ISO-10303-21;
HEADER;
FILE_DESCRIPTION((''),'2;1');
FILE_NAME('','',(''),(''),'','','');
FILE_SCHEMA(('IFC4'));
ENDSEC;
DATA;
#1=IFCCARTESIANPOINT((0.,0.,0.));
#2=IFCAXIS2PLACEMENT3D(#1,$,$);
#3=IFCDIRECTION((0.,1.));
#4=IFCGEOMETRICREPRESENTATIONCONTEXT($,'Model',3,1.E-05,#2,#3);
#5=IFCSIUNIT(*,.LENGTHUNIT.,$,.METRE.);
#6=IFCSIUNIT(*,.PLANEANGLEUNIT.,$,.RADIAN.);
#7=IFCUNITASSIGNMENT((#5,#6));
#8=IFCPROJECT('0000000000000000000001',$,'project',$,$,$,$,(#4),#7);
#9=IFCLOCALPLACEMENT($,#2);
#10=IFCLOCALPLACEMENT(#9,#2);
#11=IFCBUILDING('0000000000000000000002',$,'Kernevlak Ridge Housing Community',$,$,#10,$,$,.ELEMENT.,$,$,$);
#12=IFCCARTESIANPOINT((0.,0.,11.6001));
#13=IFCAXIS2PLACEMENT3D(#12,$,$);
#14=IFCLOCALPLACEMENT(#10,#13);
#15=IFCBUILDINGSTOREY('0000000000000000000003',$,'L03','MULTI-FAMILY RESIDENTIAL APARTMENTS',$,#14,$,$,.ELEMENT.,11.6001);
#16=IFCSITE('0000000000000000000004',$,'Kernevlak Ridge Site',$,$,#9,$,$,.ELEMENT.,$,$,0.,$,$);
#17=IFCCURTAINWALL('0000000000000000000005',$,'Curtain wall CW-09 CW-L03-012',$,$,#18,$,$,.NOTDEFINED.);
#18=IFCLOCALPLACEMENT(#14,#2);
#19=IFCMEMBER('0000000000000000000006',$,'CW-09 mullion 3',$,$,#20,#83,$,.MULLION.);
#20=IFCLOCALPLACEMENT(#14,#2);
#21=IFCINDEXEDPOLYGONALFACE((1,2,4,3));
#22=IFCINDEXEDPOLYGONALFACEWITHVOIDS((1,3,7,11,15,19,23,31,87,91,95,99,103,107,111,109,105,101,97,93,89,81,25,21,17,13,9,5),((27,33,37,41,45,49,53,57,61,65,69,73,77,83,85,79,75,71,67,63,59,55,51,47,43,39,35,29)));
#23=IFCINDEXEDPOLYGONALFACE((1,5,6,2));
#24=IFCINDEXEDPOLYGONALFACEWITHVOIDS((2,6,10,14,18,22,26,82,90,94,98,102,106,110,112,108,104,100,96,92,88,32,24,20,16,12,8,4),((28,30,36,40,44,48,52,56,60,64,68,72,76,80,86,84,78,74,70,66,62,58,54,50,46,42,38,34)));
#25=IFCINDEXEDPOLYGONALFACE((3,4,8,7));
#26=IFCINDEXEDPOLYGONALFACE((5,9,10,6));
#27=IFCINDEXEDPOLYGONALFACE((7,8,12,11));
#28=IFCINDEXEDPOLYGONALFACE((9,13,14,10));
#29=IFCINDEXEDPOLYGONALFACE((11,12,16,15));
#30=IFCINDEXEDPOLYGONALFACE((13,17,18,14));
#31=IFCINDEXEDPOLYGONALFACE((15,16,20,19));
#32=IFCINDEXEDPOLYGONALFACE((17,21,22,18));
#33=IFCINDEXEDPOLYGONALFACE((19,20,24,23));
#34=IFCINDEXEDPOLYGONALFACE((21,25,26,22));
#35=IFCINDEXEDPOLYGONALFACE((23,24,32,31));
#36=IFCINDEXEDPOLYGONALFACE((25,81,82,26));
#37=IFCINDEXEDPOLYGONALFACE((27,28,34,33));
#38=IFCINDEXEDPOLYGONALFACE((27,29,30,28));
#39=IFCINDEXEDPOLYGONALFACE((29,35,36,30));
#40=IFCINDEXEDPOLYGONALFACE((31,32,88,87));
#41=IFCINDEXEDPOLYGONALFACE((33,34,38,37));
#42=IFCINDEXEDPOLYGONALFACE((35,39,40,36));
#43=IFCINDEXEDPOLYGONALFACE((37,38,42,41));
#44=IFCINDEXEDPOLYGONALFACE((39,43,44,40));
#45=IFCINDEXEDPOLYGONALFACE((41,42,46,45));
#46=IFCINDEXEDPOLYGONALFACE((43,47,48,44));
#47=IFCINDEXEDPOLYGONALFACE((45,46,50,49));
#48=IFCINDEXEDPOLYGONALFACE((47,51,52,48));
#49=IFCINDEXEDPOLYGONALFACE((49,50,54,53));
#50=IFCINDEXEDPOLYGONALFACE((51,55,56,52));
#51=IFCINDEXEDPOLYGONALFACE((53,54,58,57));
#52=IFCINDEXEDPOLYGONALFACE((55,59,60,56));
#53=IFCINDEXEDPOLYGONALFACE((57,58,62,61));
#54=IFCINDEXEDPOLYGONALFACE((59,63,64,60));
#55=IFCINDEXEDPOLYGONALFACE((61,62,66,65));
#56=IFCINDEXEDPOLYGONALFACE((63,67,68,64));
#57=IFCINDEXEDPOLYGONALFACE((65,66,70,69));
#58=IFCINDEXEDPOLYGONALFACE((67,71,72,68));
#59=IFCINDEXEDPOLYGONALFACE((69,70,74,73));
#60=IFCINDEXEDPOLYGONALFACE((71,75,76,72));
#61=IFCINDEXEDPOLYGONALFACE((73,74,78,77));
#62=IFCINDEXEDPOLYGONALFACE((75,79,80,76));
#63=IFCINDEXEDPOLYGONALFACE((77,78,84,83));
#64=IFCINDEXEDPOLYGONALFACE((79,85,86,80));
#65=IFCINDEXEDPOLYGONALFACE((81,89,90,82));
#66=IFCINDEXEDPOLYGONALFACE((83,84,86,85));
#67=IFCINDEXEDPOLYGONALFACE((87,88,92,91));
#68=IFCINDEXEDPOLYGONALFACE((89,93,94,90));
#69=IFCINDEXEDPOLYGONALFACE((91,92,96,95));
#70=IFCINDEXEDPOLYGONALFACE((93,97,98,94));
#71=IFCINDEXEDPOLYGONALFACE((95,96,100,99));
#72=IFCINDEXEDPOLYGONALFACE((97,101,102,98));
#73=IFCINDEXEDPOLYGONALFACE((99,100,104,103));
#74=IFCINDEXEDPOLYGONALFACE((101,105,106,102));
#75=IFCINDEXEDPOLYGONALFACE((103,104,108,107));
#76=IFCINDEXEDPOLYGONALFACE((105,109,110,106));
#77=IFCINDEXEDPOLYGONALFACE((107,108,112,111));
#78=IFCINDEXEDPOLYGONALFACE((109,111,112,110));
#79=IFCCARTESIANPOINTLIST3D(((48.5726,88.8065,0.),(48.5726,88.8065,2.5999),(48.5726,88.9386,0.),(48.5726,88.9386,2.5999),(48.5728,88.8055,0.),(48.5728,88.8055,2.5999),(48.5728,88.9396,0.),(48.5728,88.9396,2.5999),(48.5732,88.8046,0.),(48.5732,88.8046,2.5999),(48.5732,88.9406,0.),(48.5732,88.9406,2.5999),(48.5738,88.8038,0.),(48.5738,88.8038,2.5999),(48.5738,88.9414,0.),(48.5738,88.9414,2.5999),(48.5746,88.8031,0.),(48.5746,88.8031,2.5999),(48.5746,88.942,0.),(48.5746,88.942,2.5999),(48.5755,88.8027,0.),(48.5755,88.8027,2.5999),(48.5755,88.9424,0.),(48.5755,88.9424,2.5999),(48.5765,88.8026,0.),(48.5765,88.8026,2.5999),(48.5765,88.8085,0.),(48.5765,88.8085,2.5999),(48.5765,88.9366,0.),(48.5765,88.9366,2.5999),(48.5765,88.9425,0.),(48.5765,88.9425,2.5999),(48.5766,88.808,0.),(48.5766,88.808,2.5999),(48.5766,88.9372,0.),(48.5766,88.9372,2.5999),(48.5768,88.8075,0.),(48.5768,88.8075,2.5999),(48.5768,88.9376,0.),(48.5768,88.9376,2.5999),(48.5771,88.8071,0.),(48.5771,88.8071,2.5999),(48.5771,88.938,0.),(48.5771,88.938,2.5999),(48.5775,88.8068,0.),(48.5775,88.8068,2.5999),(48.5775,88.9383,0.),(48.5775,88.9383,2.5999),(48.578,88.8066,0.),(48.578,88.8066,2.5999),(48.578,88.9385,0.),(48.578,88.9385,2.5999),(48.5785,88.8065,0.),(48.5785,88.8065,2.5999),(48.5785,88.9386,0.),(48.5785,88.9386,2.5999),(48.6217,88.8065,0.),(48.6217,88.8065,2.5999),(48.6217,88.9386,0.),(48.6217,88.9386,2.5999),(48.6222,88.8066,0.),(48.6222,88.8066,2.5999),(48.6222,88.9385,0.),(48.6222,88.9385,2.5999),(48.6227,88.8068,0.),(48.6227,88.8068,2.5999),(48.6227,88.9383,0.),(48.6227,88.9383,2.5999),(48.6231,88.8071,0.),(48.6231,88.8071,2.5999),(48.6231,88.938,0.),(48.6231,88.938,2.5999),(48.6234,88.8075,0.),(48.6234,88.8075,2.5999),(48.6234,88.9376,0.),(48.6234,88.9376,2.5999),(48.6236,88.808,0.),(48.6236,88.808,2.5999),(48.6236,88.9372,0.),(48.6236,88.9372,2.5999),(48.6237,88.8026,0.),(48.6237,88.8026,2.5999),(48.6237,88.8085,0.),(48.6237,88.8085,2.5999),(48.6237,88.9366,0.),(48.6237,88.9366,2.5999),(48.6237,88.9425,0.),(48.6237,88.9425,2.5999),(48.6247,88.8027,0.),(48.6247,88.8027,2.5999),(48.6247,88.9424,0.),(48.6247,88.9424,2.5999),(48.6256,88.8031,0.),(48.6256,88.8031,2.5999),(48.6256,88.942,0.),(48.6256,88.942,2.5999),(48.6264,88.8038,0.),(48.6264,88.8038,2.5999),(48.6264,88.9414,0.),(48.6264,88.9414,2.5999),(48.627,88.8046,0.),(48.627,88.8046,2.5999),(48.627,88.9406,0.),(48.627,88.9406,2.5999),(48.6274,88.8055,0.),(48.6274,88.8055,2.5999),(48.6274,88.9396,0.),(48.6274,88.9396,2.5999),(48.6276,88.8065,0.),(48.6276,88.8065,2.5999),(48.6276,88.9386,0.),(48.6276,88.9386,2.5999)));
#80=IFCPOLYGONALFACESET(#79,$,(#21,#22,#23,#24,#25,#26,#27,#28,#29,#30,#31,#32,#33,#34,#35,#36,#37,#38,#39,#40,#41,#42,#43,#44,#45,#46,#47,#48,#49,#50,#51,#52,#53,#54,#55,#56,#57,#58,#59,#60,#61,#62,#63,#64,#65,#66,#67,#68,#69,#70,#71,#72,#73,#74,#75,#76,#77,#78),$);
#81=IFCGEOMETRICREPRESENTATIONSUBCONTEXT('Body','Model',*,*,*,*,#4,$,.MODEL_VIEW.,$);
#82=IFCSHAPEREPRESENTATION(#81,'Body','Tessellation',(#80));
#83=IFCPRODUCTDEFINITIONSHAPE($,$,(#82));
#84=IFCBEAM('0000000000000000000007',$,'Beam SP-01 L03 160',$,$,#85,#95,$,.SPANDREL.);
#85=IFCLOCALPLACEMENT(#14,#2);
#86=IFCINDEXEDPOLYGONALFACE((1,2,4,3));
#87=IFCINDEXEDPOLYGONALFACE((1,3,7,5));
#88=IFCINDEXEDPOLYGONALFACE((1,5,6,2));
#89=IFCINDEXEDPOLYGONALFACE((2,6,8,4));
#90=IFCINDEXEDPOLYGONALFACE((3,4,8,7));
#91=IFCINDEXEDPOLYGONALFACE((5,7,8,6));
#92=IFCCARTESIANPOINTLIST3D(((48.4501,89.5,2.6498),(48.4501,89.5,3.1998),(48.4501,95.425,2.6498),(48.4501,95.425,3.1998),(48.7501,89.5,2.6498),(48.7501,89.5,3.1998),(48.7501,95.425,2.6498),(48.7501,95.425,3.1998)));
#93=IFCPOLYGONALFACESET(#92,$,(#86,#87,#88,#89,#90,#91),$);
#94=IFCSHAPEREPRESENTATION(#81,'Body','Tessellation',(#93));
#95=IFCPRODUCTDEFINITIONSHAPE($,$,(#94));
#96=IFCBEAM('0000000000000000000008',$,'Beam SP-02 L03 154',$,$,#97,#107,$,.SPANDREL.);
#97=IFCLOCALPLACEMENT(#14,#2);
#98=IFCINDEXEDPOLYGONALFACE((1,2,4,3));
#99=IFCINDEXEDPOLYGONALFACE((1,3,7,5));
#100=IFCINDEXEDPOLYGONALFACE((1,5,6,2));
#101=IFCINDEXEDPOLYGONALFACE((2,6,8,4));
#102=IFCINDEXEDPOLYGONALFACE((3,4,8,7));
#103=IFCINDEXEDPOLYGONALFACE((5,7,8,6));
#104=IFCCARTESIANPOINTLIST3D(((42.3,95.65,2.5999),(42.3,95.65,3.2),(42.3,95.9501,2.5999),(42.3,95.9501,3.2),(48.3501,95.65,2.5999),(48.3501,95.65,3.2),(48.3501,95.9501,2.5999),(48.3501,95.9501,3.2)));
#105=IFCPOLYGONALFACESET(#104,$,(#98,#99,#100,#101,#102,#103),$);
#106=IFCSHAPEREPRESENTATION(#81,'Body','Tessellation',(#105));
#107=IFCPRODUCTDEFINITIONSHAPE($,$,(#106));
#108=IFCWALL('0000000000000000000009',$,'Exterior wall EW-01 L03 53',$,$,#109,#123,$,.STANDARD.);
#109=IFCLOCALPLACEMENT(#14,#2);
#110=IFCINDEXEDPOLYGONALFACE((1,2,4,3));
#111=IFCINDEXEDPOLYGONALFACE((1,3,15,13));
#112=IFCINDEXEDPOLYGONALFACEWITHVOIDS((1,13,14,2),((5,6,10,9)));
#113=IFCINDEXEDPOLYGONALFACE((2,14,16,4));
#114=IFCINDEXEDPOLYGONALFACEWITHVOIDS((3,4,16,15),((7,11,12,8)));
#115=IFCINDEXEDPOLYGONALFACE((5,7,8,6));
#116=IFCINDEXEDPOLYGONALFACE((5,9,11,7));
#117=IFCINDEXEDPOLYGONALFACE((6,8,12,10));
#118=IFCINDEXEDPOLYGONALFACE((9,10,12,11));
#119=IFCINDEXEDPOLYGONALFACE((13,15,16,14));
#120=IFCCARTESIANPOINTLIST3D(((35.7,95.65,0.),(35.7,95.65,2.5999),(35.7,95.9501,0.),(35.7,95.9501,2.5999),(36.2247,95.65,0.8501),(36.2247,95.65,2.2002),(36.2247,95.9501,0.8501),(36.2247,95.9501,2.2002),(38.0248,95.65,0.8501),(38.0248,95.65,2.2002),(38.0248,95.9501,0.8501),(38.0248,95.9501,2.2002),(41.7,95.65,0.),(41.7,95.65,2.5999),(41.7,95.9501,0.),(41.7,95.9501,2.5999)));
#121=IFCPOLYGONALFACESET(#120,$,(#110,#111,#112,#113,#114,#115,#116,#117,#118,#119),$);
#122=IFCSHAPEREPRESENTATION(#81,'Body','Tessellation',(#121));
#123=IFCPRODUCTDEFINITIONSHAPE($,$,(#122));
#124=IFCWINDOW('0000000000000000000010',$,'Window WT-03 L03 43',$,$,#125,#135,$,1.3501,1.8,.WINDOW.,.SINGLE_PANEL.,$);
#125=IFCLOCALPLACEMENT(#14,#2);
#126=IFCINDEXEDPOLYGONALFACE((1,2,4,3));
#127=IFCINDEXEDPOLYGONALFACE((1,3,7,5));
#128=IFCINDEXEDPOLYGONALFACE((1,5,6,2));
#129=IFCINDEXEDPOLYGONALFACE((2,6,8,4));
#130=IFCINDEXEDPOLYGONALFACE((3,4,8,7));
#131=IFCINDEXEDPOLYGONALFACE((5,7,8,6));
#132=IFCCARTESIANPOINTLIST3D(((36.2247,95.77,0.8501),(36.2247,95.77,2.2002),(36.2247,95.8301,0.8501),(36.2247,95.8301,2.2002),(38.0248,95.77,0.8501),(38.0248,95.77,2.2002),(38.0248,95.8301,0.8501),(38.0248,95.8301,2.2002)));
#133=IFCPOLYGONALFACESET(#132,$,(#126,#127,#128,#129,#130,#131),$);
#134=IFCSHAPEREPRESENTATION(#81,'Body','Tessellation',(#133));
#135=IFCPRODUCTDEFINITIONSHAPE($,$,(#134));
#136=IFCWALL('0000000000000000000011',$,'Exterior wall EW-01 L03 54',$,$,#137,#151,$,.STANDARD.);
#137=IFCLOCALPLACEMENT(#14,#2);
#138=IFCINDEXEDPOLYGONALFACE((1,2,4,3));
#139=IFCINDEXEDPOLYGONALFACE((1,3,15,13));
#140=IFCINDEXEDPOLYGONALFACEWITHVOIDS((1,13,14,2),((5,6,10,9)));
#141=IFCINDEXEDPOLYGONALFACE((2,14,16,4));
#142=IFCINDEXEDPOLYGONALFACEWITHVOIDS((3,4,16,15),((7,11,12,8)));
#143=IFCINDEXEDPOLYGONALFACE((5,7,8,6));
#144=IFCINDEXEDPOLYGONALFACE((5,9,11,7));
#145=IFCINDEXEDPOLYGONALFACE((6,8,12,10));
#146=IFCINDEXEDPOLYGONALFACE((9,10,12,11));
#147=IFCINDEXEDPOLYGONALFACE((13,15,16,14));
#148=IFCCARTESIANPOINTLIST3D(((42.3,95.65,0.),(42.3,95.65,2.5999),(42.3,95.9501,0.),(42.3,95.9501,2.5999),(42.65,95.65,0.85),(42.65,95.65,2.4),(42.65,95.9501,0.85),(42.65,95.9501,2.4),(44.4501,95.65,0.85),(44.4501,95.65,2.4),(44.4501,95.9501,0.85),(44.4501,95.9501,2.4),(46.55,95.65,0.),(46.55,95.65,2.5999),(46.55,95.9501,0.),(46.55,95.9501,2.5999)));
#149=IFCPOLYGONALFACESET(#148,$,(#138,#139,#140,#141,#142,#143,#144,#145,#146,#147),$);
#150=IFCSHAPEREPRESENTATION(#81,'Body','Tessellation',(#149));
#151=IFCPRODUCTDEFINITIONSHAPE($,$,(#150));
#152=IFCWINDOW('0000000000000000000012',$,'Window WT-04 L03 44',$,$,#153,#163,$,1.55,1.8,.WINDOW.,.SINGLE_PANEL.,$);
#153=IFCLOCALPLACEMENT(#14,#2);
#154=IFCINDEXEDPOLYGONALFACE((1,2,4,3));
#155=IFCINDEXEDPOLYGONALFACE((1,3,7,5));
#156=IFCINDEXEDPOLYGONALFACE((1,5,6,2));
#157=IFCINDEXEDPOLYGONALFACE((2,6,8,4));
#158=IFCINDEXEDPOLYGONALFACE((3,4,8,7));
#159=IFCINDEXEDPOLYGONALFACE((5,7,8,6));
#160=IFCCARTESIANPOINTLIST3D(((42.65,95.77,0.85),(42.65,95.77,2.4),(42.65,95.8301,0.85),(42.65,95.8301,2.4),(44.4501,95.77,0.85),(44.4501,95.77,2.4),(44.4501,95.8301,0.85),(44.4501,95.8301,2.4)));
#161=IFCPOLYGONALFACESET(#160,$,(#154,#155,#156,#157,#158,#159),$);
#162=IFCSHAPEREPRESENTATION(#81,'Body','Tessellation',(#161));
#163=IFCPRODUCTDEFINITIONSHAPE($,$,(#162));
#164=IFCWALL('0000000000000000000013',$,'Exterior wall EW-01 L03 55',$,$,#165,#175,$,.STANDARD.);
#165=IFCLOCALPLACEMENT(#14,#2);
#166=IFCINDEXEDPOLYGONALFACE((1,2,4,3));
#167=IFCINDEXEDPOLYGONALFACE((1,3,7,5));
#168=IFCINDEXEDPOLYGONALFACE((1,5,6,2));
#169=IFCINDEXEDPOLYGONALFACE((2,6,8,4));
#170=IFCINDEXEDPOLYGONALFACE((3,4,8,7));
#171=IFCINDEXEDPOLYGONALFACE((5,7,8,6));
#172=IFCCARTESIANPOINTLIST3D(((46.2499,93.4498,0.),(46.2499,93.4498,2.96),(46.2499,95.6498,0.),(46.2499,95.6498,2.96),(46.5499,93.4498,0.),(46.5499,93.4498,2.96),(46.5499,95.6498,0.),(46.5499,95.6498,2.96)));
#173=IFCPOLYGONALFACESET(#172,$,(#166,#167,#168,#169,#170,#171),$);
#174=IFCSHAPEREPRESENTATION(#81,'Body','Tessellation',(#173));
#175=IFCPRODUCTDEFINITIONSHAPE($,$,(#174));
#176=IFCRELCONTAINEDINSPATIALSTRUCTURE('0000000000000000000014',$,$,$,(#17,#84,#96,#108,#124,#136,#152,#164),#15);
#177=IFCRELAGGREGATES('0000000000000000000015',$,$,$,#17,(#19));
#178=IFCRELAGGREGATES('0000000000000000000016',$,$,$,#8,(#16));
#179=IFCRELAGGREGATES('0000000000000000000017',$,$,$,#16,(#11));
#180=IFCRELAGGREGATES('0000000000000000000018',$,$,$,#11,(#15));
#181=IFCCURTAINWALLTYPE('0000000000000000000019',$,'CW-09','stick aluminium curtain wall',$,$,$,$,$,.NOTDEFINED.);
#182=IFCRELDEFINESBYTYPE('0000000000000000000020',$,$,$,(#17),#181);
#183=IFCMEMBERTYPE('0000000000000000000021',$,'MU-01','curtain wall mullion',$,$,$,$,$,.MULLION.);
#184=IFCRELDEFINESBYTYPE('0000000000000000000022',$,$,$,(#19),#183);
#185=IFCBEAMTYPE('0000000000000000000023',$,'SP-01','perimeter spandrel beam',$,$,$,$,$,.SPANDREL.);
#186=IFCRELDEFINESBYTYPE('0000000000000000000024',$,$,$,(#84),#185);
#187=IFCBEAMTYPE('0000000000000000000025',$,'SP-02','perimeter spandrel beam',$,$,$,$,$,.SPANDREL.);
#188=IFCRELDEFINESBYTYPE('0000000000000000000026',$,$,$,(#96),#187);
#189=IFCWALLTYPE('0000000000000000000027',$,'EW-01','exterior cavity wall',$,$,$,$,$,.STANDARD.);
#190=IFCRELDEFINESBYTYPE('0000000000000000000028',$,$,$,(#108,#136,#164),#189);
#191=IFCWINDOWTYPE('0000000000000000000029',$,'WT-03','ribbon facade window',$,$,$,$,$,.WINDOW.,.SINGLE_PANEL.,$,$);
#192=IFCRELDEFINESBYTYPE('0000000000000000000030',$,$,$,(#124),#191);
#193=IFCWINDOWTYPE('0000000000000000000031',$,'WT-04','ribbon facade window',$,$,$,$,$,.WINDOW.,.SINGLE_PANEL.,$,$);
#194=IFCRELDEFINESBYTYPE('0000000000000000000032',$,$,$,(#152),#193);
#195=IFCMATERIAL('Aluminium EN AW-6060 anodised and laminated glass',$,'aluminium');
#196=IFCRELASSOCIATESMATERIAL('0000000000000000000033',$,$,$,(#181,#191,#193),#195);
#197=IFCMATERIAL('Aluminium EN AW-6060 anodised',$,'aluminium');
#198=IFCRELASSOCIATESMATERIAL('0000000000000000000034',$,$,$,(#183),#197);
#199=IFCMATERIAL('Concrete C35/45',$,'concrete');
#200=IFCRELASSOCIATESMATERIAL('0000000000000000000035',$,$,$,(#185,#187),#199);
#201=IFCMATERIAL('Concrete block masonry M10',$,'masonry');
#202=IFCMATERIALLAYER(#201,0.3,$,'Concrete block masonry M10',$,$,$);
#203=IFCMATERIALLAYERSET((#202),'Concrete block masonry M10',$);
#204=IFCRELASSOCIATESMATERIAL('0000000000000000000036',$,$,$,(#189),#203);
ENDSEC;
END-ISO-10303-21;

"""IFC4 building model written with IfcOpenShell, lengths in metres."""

from ifc_helpers import new_model, si_unit, direction, frame, frame_2d, origin, origin_2d, place, context, subcontext, project, spatial, rectangle, hollow_rectangle, extrude, material, layer, layer_set, material_profile, profile_set, type_object, element, fill, aggregate, save


model = new_model("IFC4")

# Units and contexts
model_context = context("Model", 3, precision=1e-05, world=origin(), true_north=direction((0.0, 1.0)))
body_context = subcontext(model_context, "Body", "Model", "MODEL_VIEW")
ifc_project = project(units=[si_unit("LENGTHUNIT", "METRE"), si_unit("PLANEANGLEUNIT", "RADIAN")], contexts=[model_context])

# Site, building, storey
site_placement = place(None, origin())
site = spatial("IfcSite", under=ifc_project, at=site_placement, Name="Kernevlak Ridge Site", CompositionType="ELEMENT", RefElevation=0.0)
building_placement = place(site_placement, origin())
building = spatial("IfcBuilding", under=site, at=building_placement, Name="Kernevlak Ridge Housing Community", CompositionType="ELEMENT")
storey_placement = place(building_placement, frame((0.0, 0.0, 11.6001)))
storey = spatial("IfcBuildingStorey", under=building, at=storey_placement, Name="L03", Description="MULTI-FAMILY RESIDENTIAL APARTMENTS", CompositionType="ELEMENT", Elevation=11.6001)

# Shared definitions
ifc_material_1 = material(Name="Concrete C35/45", Category="concrete")

# Curtain wall, member
ifc_material_2 = material(Name="Aluminium EN AW-6060 anodised and laminated glass", Category="aluminium")
curtain_wall_type = type_object("IfcCurtainWallType", Name="CW-09", Description="stick aluminium curtain wall", PredefinedType="NOTDEFINED", material=ifc_material_2)
curtain_wall_placement = place(storey_placement, origin())
curtain_wall = element("IfcCurtainWall", 1, at=curtain_wall_placement, inside=storey, type_object=curtain_wall_type, Name="Curtain wall CW-09 CW-L03-012", PredefinedType="NOTDEFINED")
ifc_material_3 = material(Name="Aluminium EN AW-6060 anodised", Category="aluminium")
ifc_material_profile_1 = material_profile(ifc_material_3, hollow_rectangle(XDim=0.0549, YDim=0.1399, WallThickness=0.0039, InnerFilletRadius=0.002, OuterFilletRadius=0.0039, at=origin_2d()), Name="ALU 55x140x4")
ifc_profile_set_1 = profile_set([ifc_material_profile_1], Name="Aluminium EN AW-6060 anodised")
member_type = type_object("IfcMemberType", Name="MU-01", Description="curtain wall mullion", PredefinedType="MULLION", material=ifc_profile_set_1)
member_1_placement = place(storey_placement, frame((48.6001, 88.8726, 0.0), z_axis=(0.0, 0.0, 1.0), x_axis=(-1.0, 0.0, 0.0)))
member_1 = element("IfcMember", 2, at=member_1_placement, type_object=member_type, Name="CW-09 mullion 3", PredefinedType="MULLION", context=body_context, shape_type="SweptSolid", body=[
    extrude(hollow_rectangle(XDim=0.0549, YDim=0.1399, WallThickness=0.0039, InnerFilletRadius=0.002, OuterFilletRadius=0.0039, at=origin_2d()), origin(), (0.0, 0.0, 1.0), 2.5999),
])
aggregate(curtain_wall, [member_1])

# Beams
ifc_material_profile_2 = material_profile(ifc_material_1, rectangle(XDim=0.3, YDim=0.55, at=origin_2d()), Name="RC 300x550")
ifc_profile_set_2 = profile_set([ifc_material_profile_2], Name="Concrete C35/45")
beam_type_1 = type_object("IfcBeamType", Name="SP-01", Description="perimeter spandrel beam", PredefinedType="SPANDREL", material=ifc_profile_set_2)
beam_1_placement = place(storey_placement, frame((48.6001, 89.5, 2.9248), z_axis=(0.0, 1.0, 0.0), x_axis=(-1.0, 0.0, 0.0)))
element("IfcBeam", 3, at=beam_1_placement, inside=storey, type_object=beam_type_1, Name="Beam SP-01 L03 160", PredefinedType="SPANDREL", context=body_context, shape_type="SweptSolid", body=[
    extrude(rectangle(XDim=0.3, YDim=0.55, at=origin_2d()), origin(), (0.0, 0.0, 1.0), 5.925),
])
ifc_material_profile_3 = material_profile(ifc_material_1, rectangle(XDim=0.3, YDim=0.6001, at=origin_2d()), Name="RC 300x600")
ifc_profile_set_3 = profile_set([ifc_material_profile_3], Name="Concrete C35/45")
beam_type_2 = type_object("IfcBeamType", Name="SP-02", Description="perimeter spandrel beam", PredefinedType="SPANDREL", material=ifc_profile_set_3)
beam_2_placement = place(storey_placement, frame((42.3, 95.8, 2.8999), z_axis=(1.0, 0.0, 0.0), x_axis=(0.0, 1.0, 0.0)))
element("IfcBeam", 4, at=beam_2_placement, inside=storey, type_object=beam_type_2, Name="Beam SP-02 L03 154", PredefinedType="SPANDREL", context=body_context, shape_type="SweptSolid", body=[
    extrude(rectangle(XDim=0.3, YDim=0.6001, at=origin_2d()), origin(), (0.0, 0.0, 1.0), 6.05),
])

# Walls, openings, windows
ifc_material_4 = material(Name="Concrete block masonry M10", Category="masonry")
ifc_layer_1 = layer(ifc_material_4, 0.3, Name="Concrete block masonry M10")
ifc_layer_set_1 = layer_set([ifc_layer_1], Name="Concrete block masonry M10")
wall_type_1 = type_object("IfcWallType", Name="EW-01", Description="exterior cavity wall", PredefinedType="STANDARD", material=ifc_layer_set_1)
wall_1_placement = place(storey_placement, frame((35.7, 95.8, 0.0), z_axis=(0.0, 0.0, 1.0), x_axis=(1.0, 0.0, 0.0)))
wall_1 = element("IfcWall", 5, at=wall_1_placement, inside=storey, type_object=wall_type_1, Name="Exterior wall EW-01 L03 53", PredefinedType="STANDARD", context=body_context, shape_type="SweptSolid", body=[
    extrude(rectangle(XDim=6.0, YDim=0.3, at=frame_2d((3.0, 0.0))), origin(), (0.0, 0.0, 1.0), 2.5999),
])
opening_1_placement = place(wall_1_placement, frame((0.5249, 0.0, 0.8501)))
opening_1 = element("IfcOpeningElement", 6, at=opening_1_placement, cuts=wall_1, PredefinedType="OPENING", context=body_context, shape_type="SweptSolid", body=[
    extrude(rectangle(XDim=1.8, YDim=1.3501, at=frame_2d((0.8999, 0.675))), frame((0.0, 0.1599, 0.0), z_axis=(0.0, -1.0, 0.0), x_axis=(1.0, 0.0, 0.0)), (0.0, 0.0, 1.0), 0.3201),
])
window_type_1 = type_object("IfcWindowType", Name="WT-03", Description="ribbon facade window", PartitioningType="SINGLE_PANEL", PredefinedType="WINDOW", material=ifc_material_2)
window_1_placement = place(opening_1_placement, origin())
window_1 = element("IfcWindow", 7, at=window_1_placement, inside=storey, type_object=window_type_1, Name="Window WT-03 L03 43", OverallHeight=1.3501, OverallWidth=1.8, PartitioningType="SINGLE_PANEL", PredefinedType="WINDOW", context=body_context, shape_type="SweptSolid", body=[
    extrude(rectangle(XDim=1.8, YDim=1.3501, at=frame_2d((0.8999, 0.675))), frame((0.0, 0.03, 0.0), z_axis=(0.0, -1.0, 0.0), x_axis=(1.0, 0.0, 0.0)), (0.0, 0.0, 1.0), 0.0601),
])
fill(opening_1, window_1)
wall_2_placement = place(storey_placement, frame((42.3, 95.8, 0.0), z_axis=(0.0, 0.0, 1.0), x_axis=(1.0, 0.0, 0.0)))
wall_2 = element("IfcWall", 8, at=wall_2_placement, inside=storey, type_object=wall_type_1, Name="Exterior wall EW-01 L03 54", PredefinedType="STANDARD", context=body_context, shape_type="SweptSolid", body=[
    extrude(rectangle(XDim=4.25, YDim=0.3, at=frame_2d((2.125, 0.0))), origin(), (0.0, 0.0, 1.0), 2.5999),
])
opening_2_placement = place(wall_2_placement, frame((0.3501, 0.0, 0.8501)))
opening_2 = element("IfcOpeningElement", 9, at=opening_2_placement, cuts=wall_2, PredefinedType="OPENING", context=body_context, shape_type="SweptSolid", body=[
    extrude(rectangle(XDim=1.8, YDim=1.55, at=frame_2d((0.8999, 0.7749))), frame((0.0, 0.1599, 0.0), z_axis=(0.0, -1.0, 0.0), x_axis=(1.0, 0.0, 0.0)), (0.0, 0.0, 1.0), 0.3201),
])
window_type_2 = type_object("IfcWindowType", Name="WT-04", Description="ribbon facade window", PartitioningType="SINGLE_PANEL", PredefinedType="WINDOW", material=ifc_material_2)
window_2_placement = place(opening_2_placement, origin())
window_2 = element("IfcWindow", 10, at=window_2_placement, inside=storey, type_object=window_type_2, Name="Window WT-04 L03 44", OverallHeight=1.55, OverallWidth=1.8, PartitioningType="SINGLE_PANEL", PredefinedType="WINDOW", context=body_context, shape_type="SweptSolid", body=[
    extrude(rectangle(XDim=1.8, YDim=1.55, at=frame_2d((0.8999, 0.7749))), frame((0.0, 0.03, 0.0), z_axis=(0.0, -1.0, 0.0), x_axis=(1.0, 0.0, 0.0)), (0.0, 0.0, 1.0), 0.0601),
])
fill(opening_2, window_2)

# Wall
wall_3_placement = place(storey_placement, frame((46.3999, 95.6499, 0.0), z_axis=(0.0, 0.0, 1.0), x_axis=(0.0, -1.0, 0.0)))
element("IfcWall", 11, at=wall_3_placement, inside=storey, type_object=wall_type_1, Name="Exterior wall EW-01 L03 55", PredefinedType="STANDARD", context=body_context, shape_type="SweptSolid", body=[
    extrude(rectangle(XDim=2.2, YDim=0.3, at=frame_2d((1.1001, 0.0))), origin(), (0.0, 0.0, 1.0), 2.96),
])

save(model, "model.ifc")
